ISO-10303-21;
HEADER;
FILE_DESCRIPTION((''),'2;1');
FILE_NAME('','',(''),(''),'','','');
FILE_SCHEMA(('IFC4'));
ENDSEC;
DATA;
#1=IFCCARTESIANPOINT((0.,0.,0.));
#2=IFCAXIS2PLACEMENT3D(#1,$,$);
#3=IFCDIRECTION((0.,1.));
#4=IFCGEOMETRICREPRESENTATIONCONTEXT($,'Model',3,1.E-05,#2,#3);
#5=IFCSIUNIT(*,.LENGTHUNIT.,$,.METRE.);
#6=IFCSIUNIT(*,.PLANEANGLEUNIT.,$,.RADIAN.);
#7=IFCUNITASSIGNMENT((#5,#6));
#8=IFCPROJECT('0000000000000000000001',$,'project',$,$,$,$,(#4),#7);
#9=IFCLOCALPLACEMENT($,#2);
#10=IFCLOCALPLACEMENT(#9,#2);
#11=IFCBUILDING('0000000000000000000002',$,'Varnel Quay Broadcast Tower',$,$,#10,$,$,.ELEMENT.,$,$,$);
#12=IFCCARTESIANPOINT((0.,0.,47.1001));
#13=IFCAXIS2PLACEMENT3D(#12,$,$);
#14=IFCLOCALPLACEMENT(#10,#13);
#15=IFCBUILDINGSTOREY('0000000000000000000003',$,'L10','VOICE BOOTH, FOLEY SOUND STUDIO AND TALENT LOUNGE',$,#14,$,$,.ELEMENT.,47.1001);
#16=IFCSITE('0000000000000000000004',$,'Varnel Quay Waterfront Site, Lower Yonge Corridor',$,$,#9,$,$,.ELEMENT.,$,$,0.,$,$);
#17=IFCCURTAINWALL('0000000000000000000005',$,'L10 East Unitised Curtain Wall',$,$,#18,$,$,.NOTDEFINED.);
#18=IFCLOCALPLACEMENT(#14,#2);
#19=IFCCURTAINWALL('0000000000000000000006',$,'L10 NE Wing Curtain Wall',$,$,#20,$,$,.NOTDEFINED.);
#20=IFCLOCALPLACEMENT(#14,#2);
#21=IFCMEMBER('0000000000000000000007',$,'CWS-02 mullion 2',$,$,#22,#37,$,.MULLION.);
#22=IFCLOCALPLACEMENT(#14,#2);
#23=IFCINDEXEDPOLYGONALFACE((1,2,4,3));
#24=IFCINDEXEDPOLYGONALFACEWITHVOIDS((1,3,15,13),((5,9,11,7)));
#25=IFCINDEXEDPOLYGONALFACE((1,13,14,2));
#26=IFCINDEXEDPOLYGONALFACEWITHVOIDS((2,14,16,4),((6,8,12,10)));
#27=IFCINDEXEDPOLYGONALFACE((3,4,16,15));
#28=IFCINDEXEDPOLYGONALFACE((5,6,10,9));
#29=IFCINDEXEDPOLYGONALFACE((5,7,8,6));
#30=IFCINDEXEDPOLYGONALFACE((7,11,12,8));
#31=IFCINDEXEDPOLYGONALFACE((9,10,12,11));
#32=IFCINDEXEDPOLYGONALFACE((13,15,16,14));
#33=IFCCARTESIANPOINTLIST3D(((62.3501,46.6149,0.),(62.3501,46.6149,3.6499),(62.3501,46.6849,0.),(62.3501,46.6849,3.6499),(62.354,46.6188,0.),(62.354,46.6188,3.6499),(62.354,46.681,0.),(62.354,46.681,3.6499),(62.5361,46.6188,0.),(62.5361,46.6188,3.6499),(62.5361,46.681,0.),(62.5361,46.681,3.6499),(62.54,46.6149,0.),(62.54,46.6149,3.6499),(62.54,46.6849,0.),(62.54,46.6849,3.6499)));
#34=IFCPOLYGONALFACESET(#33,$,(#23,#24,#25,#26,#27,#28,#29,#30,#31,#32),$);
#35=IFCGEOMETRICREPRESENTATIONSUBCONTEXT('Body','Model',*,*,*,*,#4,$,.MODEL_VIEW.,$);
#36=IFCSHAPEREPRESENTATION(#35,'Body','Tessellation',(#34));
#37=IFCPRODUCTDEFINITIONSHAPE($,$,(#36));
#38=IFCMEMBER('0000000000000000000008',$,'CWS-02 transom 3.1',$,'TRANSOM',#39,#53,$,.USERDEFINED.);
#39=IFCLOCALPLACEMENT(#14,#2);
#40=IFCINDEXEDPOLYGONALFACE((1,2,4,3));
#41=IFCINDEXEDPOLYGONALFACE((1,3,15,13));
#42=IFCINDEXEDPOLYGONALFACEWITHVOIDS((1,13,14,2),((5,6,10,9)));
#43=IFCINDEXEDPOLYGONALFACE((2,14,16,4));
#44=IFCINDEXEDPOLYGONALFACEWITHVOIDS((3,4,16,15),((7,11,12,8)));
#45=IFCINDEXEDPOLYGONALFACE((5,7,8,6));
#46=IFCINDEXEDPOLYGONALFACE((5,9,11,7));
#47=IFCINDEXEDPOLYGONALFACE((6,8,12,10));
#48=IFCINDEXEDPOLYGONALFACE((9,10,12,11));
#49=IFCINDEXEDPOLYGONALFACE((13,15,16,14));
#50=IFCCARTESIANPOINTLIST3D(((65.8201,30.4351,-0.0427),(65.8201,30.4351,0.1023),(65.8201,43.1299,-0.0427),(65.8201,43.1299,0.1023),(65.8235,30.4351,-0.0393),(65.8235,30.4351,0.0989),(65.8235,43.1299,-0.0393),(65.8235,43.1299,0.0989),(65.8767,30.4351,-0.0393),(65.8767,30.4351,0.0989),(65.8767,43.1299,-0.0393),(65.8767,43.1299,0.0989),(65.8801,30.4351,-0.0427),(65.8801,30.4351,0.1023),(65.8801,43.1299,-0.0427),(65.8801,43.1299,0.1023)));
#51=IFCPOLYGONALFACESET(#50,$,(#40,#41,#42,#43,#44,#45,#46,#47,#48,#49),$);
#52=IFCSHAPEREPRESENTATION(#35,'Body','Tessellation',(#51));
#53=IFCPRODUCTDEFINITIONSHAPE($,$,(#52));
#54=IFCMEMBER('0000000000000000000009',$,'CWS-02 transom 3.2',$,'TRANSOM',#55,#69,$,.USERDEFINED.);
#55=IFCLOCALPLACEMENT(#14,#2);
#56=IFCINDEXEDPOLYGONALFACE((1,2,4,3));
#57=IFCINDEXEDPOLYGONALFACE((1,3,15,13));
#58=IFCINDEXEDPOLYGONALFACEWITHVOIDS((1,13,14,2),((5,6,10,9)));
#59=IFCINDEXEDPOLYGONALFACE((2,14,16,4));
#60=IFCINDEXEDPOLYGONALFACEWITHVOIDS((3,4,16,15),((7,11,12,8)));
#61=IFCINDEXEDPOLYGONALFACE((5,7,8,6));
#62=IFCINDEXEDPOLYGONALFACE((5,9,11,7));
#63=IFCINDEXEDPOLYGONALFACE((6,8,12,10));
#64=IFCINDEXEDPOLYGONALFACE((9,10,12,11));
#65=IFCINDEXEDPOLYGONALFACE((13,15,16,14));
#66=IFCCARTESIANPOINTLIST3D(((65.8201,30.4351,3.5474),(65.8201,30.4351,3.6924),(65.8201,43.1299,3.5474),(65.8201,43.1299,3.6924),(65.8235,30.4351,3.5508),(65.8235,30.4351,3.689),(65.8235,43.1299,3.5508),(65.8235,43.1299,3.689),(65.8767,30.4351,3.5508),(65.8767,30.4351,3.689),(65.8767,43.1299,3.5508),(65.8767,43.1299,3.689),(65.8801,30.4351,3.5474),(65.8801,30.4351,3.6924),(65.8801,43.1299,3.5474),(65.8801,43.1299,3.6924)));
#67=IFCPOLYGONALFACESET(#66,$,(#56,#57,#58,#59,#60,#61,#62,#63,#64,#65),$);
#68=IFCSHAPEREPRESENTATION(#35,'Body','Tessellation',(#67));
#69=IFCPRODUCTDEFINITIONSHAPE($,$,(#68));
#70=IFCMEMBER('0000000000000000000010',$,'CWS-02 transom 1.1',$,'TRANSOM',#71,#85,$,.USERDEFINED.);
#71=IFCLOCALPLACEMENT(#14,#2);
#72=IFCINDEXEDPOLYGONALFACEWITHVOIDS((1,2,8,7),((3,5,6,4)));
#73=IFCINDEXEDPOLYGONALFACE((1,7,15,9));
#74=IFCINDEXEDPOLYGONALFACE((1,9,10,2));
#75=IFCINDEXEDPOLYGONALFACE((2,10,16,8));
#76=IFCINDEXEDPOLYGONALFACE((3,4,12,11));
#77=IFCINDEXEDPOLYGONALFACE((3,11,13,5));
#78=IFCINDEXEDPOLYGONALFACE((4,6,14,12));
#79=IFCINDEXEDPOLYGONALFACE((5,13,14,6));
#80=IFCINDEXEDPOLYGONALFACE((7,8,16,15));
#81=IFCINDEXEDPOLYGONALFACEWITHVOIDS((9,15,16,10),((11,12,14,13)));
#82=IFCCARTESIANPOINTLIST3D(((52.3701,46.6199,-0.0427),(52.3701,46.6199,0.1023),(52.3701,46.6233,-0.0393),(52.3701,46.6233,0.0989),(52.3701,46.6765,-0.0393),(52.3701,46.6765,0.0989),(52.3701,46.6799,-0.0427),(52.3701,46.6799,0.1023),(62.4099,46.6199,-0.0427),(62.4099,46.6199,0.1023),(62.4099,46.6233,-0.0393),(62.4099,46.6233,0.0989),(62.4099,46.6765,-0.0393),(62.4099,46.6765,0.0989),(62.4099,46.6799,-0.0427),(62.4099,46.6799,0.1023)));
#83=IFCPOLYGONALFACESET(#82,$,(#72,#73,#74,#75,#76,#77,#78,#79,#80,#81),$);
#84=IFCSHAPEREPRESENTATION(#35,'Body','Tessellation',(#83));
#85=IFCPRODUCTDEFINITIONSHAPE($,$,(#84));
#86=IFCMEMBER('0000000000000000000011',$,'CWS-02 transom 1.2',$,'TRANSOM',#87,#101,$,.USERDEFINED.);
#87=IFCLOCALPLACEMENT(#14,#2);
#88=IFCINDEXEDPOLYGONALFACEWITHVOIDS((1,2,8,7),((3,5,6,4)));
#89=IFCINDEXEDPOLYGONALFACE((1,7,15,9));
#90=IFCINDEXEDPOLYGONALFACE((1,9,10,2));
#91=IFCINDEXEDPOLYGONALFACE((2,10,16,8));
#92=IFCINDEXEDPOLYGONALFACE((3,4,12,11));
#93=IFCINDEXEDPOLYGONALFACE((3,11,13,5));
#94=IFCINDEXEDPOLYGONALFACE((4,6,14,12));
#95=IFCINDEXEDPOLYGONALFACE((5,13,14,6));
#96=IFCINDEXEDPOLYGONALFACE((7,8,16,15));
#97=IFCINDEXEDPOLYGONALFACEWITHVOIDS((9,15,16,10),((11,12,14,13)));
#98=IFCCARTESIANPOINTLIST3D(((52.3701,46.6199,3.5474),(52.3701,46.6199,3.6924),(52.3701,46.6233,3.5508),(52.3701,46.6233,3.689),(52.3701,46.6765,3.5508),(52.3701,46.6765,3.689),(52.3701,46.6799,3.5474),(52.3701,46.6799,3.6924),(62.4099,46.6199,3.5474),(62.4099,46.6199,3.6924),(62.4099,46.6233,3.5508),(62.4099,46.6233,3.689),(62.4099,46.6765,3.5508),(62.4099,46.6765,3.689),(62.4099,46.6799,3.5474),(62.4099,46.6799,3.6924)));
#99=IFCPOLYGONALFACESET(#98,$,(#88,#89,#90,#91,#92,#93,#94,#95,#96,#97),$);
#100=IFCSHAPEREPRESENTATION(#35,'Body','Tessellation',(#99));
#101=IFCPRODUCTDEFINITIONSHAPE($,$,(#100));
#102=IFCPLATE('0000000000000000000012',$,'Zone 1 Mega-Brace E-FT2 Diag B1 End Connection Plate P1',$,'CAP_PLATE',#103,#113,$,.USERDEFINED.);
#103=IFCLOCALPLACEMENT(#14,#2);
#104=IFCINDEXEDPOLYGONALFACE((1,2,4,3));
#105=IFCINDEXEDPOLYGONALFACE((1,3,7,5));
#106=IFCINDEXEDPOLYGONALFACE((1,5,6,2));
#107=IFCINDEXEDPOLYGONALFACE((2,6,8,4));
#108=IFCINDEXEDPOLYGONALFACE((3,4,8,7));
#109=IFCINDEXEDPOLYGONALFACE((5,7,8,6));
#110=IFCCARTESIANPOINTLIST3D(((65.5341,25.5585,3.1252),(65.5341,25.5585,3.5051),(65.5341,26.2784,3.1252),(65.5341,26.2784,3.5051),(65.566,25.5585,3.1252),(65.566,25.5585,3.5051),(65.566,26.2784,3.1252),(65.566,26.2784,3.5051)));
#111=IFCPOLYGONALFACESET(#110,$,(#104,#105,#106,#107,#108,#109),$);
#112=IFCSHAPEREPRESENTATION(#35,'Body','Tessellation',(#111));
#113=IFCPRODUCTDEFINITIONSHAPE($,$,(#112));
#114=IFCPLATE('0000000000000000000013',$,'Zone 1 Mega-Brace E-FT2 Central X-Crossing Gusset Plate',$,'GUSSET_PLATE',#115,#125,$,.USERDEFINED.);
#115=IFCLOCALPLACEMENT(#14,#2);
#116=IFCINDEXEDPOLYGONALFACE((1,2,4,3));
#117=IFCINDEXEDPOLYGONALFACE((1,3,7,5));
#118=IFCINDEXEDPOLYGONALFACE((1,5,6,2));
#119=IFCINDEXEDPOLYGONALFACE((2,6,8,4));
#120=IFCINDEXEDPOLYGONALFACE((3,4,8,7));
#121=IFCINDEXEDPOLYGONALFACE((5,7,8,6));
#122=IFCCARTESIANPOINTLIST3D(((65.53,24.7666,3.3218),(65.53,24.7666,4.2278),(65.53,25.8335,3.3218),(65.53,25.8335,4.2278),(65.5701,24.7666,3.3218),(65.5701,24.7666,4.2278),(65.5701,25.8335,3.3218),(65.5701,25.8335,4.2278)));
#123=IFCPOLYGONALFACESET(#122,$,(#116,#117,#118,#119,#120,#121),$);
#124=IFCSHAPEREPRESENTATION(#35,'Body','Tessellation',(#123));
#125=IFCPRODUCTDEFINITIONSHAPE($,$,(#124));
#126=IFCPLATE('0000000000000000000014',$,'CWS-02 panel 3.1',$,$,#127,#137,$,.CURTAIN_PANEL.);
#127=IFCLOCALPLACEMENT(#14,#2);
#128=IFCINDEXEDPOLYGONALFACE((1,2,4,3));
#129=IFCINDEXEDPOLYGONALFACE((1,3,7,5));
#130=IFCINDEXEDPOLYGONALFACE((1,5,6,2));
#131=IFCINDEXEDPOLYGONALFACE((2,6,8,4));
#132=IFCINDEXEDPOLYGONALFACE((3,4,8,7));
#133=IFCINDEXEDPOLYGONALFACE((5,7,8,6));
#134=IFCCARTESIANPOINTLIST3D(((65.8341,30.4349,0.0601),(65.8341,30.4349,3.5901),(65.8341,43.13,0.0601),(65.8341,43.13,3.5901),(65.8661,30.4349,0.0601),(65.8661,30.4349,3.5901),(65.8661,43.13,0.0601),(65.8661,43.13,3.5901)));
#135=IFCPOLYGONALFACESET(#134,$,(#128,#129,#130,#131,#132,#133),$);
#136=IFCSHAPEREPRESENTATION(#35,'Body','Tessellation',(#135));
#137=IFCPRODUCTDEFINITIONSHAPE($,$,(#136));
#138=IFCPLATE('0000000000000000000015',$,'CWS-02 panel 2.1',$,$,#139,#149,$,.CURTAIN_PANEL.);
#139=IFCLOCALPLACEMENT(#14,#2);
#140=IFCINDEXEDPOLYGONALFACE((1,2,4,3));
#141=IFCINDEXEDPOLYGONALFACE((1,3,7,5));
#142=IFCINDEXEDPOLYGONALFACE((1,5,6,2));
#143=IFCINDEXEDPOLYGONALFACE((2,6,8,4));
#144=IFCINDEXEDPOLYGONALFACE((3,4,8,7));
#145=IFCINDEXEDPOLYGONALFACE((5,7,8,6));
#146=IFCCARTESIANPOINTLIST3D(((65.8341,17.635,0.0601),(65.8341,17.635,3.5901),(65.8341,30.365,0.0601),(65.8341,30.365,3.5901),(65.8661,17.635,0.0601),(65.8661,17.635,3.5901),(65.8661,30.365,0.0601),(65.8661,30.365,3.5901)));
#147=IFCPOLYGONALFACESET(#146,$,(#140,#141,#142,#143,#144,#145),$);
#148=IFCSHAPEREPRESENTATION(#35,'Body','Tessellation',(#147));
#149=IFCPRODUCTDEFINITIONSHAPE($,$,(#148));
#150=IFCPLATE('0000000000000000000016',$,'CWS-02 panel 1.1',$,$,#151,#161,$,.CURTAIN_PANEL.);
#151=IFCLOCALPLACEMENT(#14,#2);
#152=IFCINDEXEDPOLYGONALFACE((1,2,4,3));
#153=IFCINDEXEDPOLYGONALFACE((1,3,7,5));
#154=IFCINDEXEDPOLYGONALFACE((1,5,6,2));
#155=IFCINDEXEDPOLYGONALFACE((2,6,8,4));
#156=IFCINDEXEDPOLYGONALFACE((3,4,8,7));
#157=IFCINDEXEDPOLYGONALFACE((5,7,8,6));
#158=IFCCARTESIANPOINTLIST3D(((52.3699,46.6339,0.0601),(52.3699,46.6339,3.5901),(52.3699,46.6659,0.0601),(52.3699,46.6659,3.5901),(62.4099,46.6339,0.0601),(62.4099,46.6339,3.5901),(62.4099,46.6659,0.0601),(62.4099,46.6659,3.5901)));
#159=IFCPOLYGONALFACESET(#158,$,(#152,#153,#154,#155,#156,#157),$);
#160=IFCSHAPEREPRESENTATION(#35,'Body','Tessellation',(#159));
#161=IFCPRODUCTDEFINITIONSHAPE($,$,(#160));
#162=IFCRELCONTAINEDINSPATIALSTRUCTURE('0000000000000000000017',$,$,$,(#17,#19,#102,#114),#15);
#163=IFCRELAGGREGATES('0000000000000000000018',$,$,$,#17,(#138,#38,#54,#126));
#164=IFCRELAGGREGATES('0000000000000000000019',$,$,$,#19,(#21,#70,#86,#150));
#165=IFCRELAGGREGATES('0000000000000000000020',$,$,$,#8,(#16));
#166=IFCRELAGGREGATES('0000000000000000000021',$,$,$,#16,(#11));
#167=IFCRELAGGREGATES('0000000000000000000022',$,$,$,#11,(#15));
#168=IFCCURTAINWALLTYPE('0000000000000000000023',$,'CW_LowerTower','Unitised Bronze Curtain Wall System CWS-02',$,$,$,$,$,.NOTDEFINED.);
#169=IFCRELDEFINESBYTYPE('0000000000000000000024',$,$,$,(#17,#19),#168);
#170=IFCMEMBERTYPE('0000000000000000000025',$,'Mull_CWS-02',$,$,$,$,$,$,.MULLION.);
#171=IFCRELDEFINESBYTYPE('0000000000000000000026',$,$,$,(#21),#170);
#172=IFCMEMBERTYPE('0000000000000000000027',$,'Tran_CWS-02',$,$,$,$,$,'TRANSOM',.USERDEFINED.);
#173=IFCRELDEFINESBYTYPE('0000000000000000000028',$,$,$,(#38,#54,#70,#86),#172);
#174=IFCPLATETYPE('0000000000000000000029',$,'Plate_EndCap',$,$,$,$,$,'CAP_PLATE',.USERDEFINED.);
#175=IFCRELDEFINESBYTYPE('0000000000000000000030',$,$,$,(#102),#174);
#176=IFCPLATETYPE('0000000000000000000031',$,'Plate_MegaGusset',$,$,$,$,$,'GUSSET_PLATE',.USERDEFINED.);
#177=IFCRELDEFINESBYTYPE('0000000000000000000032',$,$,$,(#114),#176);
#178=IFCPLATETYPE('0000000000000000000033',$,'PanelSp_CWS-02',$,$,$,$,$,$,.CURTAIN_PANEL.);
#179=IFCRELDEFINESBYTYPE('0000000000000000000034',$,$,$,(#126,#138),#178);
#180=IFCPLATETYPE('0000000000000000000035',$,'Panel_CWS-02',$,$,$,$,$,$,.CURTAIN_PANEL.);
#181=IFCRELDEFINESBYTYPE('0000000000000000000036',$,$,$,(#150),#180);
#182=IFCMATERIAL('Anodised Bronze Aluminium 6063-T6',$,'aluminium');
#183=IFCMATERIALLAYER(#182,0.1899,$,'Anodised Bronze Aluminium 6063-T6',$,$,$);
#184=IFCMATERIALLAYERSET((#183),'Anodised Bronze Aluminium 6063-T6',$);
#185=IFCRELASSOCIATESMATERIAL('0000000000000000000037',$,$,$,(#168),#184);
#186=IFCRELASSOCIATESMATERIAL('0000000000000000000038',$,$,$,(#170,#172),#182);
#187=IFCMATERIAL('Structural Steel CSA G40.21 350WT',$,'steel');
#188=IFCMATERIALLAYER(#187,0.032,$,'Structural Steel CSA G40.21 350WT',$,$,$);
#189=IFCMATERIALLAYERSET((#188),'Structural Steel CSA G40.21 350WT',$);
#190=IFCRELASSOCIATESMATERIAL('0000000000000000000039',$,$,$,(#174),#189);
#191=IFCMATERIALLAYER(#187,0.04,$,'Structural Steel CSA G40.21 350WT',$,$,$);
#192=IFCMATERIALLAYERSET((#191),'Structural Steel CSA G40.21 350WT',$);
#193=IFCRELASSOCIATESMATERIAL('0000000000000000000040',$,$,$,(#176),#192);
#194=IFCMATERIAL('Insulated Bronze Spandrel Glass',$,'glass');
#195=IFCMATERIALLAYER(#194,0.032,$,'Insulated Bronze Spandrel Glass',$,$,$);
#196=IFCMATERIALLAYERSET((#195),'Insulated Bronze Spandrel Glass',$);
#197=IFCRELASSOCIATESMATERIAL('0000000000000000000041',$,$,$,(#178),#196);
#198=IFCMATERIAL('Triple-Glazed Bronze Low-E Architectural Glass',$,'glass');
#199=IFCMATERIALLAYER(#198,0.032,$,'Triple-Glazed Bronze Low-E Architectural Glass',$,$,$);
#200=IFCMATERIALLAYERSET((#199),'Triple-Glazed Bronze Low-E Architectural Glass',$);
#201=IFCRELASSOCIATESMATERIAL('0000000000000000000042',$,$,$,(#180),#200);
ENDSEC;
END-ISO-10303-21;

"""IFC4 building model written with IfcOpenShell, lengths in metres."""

from ifc_helpers import new_model, si_unit, direction, frame, origin, origin_2d, place, context, subcontext, project, spatial, rectangle, hollow_rectangle, extrude, source, transform, mapped, material, layer, layer_set, material_profile, profile_set, type_object, type_shapes, element, aggregate, save


model = new_model("IFC4")

# Units and contexts
model_context = context("Model", 3, precision=1e-05, world=origin(), true_north=direction((0.0, 1.0)))
body_context = subcontext(model_context, "Body", "Model", "MODEL_VIEW")
ifc_project = project(units=[si_unit("LENGTHUNIT", "METRE"), si_unit("PLANEANGLEUNIT", "RADIAN")], contexts=[model_context])

# Site, building, storey
site_placement = place(None, origin())
site = spatial("IfcSite", under=ifc_project, at=site_placement, Name="Varnel Quay Waterfront Site, Lower Yonge Corridor", CompositionType="ELEMENT", RefElevation=0.0)
building_placement = place(site_placement, origin())
building = spatial("IfcBuilding", under=site, at=building_placement, Name="Varnel Quay Broadcast Tower", CompositionType="ELEMENT")
storey_placement = place(building_placement, frame((0.0, 0.0, 47.1001)))
storey = spatial("IfcBuildingStorey", under=building, at=storey_placement, Name="L10", Description="VOICE BOOTH, FOLEY SOUND STUDIO AND TALENT LOUNGE", CompositionType="ELEMENT", Elevation=47.1001)

# Shared definitions
ifc_material_1 = material(Name="Structural Steel CSA G40.21 350WT", Category="steel")

# Curtain walls, member
ifc_material_2 = material(Name="Anodised Bronze Aluminium 6063-T6", Category="aluminium")
ifc_layer_1 = layer(ifc_material_2, 0.1899, Name="Anodised Bronze Aluminium 6063-T6")
ifc_layer_set_1 = layer_set([ifc_layer_1], Name="Anodised Bronze Aluminium 6063-T6")
curtain_wall_type = type_object("IfcCurtainWallType", Name="CW_LowerTower", Description="Unitised Bronze Curtain Wall System CWS-02", PredefinedType="NOTDEFINED", material=ifc_layer_set_1)
curtain_wall_1_placement = place(storey_placement, origin())
curtain_wall_1 = element("IfcCurtainWall", 1, at=curtain_wall_1_placement, inside=storey, type_object=curtain_wall_type, Name="L10 East Unitised Curtain Wall", PredefinedType="NOTDEFINED")
ifc_material_profile_1 = material_profile(ifc_material_2, hollow_rectangle(XDim=0.0701, YDim=0.1899, WallThickness=0.0039, at=origin_2d()), Name="ALU70X190X4")
ifc_profile_set_1 = profile_set([ifc_material_profile_1], Name="Anodised Bronze Aluminium 6063-T6")
member_type_1 = type_object("IfcMemberType", Name="Mull_CWS-02", PredefinedType="MULLION", material=ifc_profile_set_1)
shared_shape_1 = source(origin(), body_context, "Body", "SweptSolid", [
    extrude(hollow_rectangle(XDim=0.0701, YDim=0.1899, WallThickness=0.0039, at=origin_2d()), origin(), (0.0, 0.0, 1.0), 3.6499),
])
type_shapes(member_type_1, [shared_shape_1])
curtain_wall_2_placement = place(storey_placement, origin())
curtain_wall_2 = element("IfcCurtainWall", 2, at=curtain_wall_2_placement, inside=storey, type_object=curtain_wall_type, Name="L10 NE Wing Curtain Wall", PredefinedType="NOTDEFINED")
member_1_placement = place(storey_placement, frame((62.4451, 46.6499, 0.0), z_axis=(0.0, 0.0, 1.0), x_axis=(0.0, 1.0, 0.0)))
member_1 = element("IfcMember", 3, at=member_1_placement, type_object=member_type_1, Name="CWS-02 mullion 2", PredefinedType="MULLION", context=body_context, shape_type="MappedRepresentation", body=[
    mapped(shared_shape_1, transform((0.0, 0.0, 0.0), x_axis=(1.0, 0.0, 0.0), y_axis=(0.0, 1.0, 0.0), z_axis=(0.0, 0.0, 1.0), scale=1.0)),
])

# Members
ifc_material_profile_2 = material_profile(ifc_material_2, hollow_rectangle(XDim=0.0601, YDim=0.145, WallThickness=0.0034, at=origin_2d()), Name="ALU60X145X3.5")
ifc_profile_set_2 = profile_set([ifc_material_profile_2], Name="Anodised Bronze Aluminium 6063-T6")
member_type_2 = type_object("IfcMemberType", Name="Tran_CWS-02", ElementType="TRANSOM", PredefinedType="USERDEFINED", material=ifc_profile_set_2)
shared_shape_2 = source(origin(), body_context, "Body", "SweptSolid", [
    extrude(hollow_rectangle(XDim=0.0601, YDim=0.145, WallThickness=0.0034, at=origin_2d()), origin(), (0.0, 0.0, 1.0), 12.6948),
])
member_2_placement = place(storey_placement, frame((65.8501, 30.4351, 0.0298), z_axis=(0.0, 1.0, 0.0), x_axis=(-1.0, 0.0, 0.0)))
member_2 = element("IfcMember", 4, at=member_2_placement, type_object=member_type_2, Name="CWS-02 transom 3.1", ObjectType="TRANSOM", PredefinedType="USERDEFINED", context=body_context, shape_type="MappedRepresentation", body=[
    mapped(shared_shape_2, transform((0.0, 0.0, 0.0), x_axis=(1.0, 0.0, 0.0), y_axis=(0.0, 1.0, 0.0), z_axis=(0.0, 0.0, 1.0), scale=1.0)),
])
member_3_placement = place(storey_placement, frame((65.8501, 30.4351, 3.6199), z_axis=(0.0, 1.0, 0.0), x_axis=(-1.0, 0.0, 0.0)))
member_3 = element("IfcMember", 5, at=member_3_placement, type_object=member_type_2, Name="CWS-02 transom 3.2", ObjectType="TRANSOM", PredefinedType="USERDEFINED", context=body_context, shape_type="MappedRepresentation", body=[
    mapped(shared_shape_2, transform((0.0, 0.0, 0.0), x_axis=(1.0, 0.0, 0.0), y_axis=(0.0, 1.0, 0.0), z_axis=(0.0, 0.0, 1.0), scale=1.0)),
])
shared_shape_3 = source(origin(), body_context, "Body", "SweptSolid", [
    extrude(hollow_rectangle(XDim=0.0601, YDim=0.145, WallThickness=0.0034, at=origin_2d()), origin(), (0.0, 0.0, 1.0), 10.0398),
])
type_shapes(member_type_2, [shared_shape_2, shared_shape_3])
member_4_placement = place(storey_placement, frame((52.3701, 46.6499, 0.0298), z_axis=(1.0, 0.0, 0.0), x_axis=(0.0, 1.0, 0.0)))
member_4 = element("IfcMember", 6, at=member_4_placement, type_object=member_type_2, Name="CWS-02 transom 1.1", ObjectType="TRANSOM", PredefinedType="USERDEFINED", context=body_context, shape_type="MappedRepresentation", body=[
    mapped(shared_shape_3, transform((0.0, 0.0, 0.0), x_axis=(1.0, 0.0, 0.0), y_axis=(0.0, 1.0, 0.0), z_axis=(0.0, 0.0, 1.0), scale=1.0)),
])
member_5_placement = place(storey_placement, frame((52.3701, 46.6499, 3.6199), z_axis=(1.0, 0.0, 0.0), x_axis=(0.0, 1.0, 0.0)))
member_5 = element("IfcMember", 7, at=member_5_placement, type_object=member_type_2, Name="CWS-02 transom 1.2", ObjectType="TRANSOM", PredefinedType="USERDEFINED", context=body_context, shape_type="MappedRepresentation", body=[
    mapped(shared_shape_3, transform((0.0, 0.0, 0.0), x_axis=(1.0, 0.0, 0.0), y_axis=(0.0, 1.0, 0.0), z_axis=(0.0, 0.0, 1.0), scale=1.0)),
])

# Plates
ifc_layer_2 = layer(ifc_material_1, 0.032, Name="Structural Steel CSA G40.21 350WT")
ifc_layer_set_2 = layer_set([ifc_layer_2], Name="Structural Steel CSA G40.21 350WT")
plate_type_1 = type_object("IfcPlateType", Name="Plate_EndCap", ElementType="CAP_PLATE", PredefinedType="USERDEFINED", material=ifc_layer_set_2)
shared_shape_4 = source(origin(), body_context, "Body", "SweptSolid", [
    extrude(rectangle(XDim=0.72, YDim=0.032, at=origin_2d()), origin(), (0.0, 0.0, 1.0), 0.3799),
])
type_shapes(plate_type_1, [shared_shape_4])
plate_1_placement = place(storey_placement, frame((65.55, 25.9185, 3.1252), z_axis=(0.0, 0.0, 1.0), x_axis=(0.0, 1.0, 0.0)))
element("IfcPlate", 8, at=plate_1_placement, inside=storey, type_object=plate_type_1, Name="Zone 1 Mega-Brace E-FT2 Diag B1 End Connection Plate P1", ObjectType="CAP_PLATE", PredefinedType="USERDEFINED", context=body_context, shape_type="MappedRepresentation", body=[
    mapped(shared_shape_4, transform((0.0, 0.0, 0.0), x_axis=(1.0, 0.0, 0.0), y_axis=(0.0, 1.0, 0.0), z_axis=(0.0, 0.0, 1.0), scale=1.0)),
])
ifc_layer_3 = layer(ifc_material_1, 0.04, Name="Structural Steel CSA G40.21 350WT")
ifc_layer_set_3 = layer_set([ifc_layer_3], Name="Structural Steel CSA G40.21 350WT")
plate_type_2 = type_object("IfcPlateType", Name="Plate_MegaGusset", ElementType="GUSSET_PLATE", PredefinedType="USERDEFINED", material=ifc_layer_set_3)
shared_shape_5 = source(origin(), body_context, "Body", "SweptSolid", [
    extrude(rectangle(XDim=1.0669, YDim=0.04, at=origin_2d()), origin(), (0.0, 0.0, 1.0), 0.906),
])
type_shapes(plate_type_2, [shared_shape_5])
plate_2_placement = place(storey_placement, frame((65.55, 25.3, 3.3218), z_axis=(0.0, 0.0, 1.0), x_axis=(0.0, 1.0, 0.0)))
element("IfcPlate", 9, at=plate_2_placement, inside=storey, type_object=plate_type_2, Name="Zone 1 Mega-Brace E-FT2 Central X-Crossing Gusset Plate", ObjectType="GUSSET_PLATE", PredefinedType="USERDEFINED", context=body_context, shape_type="MappedRepresentation", body=[
    mapped(shared_shape_5, transform((0.0, 0.0, 0.0), x_axis=(1.0, 0.0, 0.0), y_axis=(0.0, 1.0, 0.0), z_axis=(0.0, 0.0, 1.0), scale=1.0)),
])

# Plates
ifc_material_3 = material(Name="Insulated Bronze Spandrel Glass", Category="glass")
ifc_layer_4 = layer(ifc_material_3, 0.032, Name="Insulated Bronze Spandrel Glass")
ifc_layer_set_4 = layer_set([ifc_layer_4], Name="Insulated Bronze Spandrel Glass")
plate_type_3 = type_object("IfcPlateType", Name="PanelSp_CWS-02", PredefinedType="CURTAIN_PANEL", material=ifc_layer_set_4)
shared_shape_6 = source(origin(), body_context, "Body", "SweptSolid", [
    extrude(rectangle(XDim=12.6951, YDim=0.032, at=origin_2d()), origin(), (0.0, 0.0, 1.0), 3.53),
])
plate_3_placement = place(storey_placement, frame((65.8501, 36.7825, 0.0601), z_axis=(0.0, 0.0, 1.0), x_axis=(0.0, 1.0, 0.0)))
plate_3 = element("IfcPlate", 10, at=plate_3_placement, type_object=plate_type_3, Name="CWS-02 panel 3.1", PredefinedType="CURTAIN_PANEL", context=body_context, shape_type="MappedRepresentation", body=[
    mapped(shared_shape_6, transform((0.0, 0.0, 0.0), x_axis=(1.0, 0.0, 0.0), y_axis=(0.0, 1.0, 0.0), z_axis=(0.0, 0.0, 1.0), scale=1.0)),
])
shared_shape_7 = source(origin(), body_context, "Body", "SweptSolid", [
    extrude(rectangle(XDim=12.73, YDim=0.032, at=origin_2d()), origin(), (0.0, 0.0, 1.0), 3.53),
])
type_shapes(plate_type_3, [shared_shape_6, shared_shape_7])
plate_4_placement = place(storey_placement, frame((65.8501, 24.0, 0.0601), z_axis=(0.0, 0.0, 1.0), x_axis=(0.0, 1.0, 0.0)))
plate_4 = element("IfcPlate", 11, at=plate_4_placement, type_object=plate_type_3, Name="CWS-02 panel 2.1", PredefinedType="CURTAIN_PANEL", context=body_context, shape_type="MappedRepresentation", body=[
    mapped(shared_shape_7, transform((0.0, 0.0, 0.0), x_axis=(1.0, 0.0, 0.0), y_axis=(0.0, 1.0, 0.0), z_axis=(0.0, 0.0, 1.0), scale=1.0)),
])
aggregate(curtain_wall_1, [plate_4, member_2, member_3, plate_3])
ifc_material_4 = material(Name="Triple-Glazed Bronze Low-E Architectural Glass", Category="glass")
ifc_layer_5 = layer(ifc_material_4, 0.032, Name="Triple-Glazed Bronze Low-E Architectural Glass")
ifc_layer_set_5 = layer_set([ifc_layer_5], Name="Triple-Glazed Bronze Low-E Architectural Glass")
plate_type_4 = type_object("IfcPlateType", Name="Panel_CWS-02", PredefinedType="CURTAIN_PANEL", material=ifc_layer_set_5)
shared_shape_8 = source(origin(), body_context, "Body", "SweptSolid", [
    extrude(rectangle(XDim=10.04, YDim=0.032, at=origin_2d()), origin(), (0.0, 0.0, 1.0), 3.53),
])
type_shapes(plate_type_4, [shared_shape_8])
plate_5_placement = place(storey_placement, frame((57.3899, 46.6499, 0.0601), z_axis=(0.0, 0.0, 1.0), x_axis=(1.0, 0.0, 0.0)))
plate_5 = element("IfcPlate", 12, at=plate_5_placement, type_object=plate_type_4, Name="CWS-02 panel 1.1", PredefinedType="CURTAIN_PANEL", context=body_context, shape_type="MappedRepresentation", body=[
    mapped(shared_shape_8, transform((0.0, 0.0, 0.0), x_axis=(1.0, 0.0, 0.0), y_axis=(0.0, 1.0, 0.0), z_axis=(0.0, 0.0, 1.0), scale=1.0)),
])
aggregate(curtain_wall_2, [member_1, member_4, member_5, plate_5])

save(model, "model.ifc")
